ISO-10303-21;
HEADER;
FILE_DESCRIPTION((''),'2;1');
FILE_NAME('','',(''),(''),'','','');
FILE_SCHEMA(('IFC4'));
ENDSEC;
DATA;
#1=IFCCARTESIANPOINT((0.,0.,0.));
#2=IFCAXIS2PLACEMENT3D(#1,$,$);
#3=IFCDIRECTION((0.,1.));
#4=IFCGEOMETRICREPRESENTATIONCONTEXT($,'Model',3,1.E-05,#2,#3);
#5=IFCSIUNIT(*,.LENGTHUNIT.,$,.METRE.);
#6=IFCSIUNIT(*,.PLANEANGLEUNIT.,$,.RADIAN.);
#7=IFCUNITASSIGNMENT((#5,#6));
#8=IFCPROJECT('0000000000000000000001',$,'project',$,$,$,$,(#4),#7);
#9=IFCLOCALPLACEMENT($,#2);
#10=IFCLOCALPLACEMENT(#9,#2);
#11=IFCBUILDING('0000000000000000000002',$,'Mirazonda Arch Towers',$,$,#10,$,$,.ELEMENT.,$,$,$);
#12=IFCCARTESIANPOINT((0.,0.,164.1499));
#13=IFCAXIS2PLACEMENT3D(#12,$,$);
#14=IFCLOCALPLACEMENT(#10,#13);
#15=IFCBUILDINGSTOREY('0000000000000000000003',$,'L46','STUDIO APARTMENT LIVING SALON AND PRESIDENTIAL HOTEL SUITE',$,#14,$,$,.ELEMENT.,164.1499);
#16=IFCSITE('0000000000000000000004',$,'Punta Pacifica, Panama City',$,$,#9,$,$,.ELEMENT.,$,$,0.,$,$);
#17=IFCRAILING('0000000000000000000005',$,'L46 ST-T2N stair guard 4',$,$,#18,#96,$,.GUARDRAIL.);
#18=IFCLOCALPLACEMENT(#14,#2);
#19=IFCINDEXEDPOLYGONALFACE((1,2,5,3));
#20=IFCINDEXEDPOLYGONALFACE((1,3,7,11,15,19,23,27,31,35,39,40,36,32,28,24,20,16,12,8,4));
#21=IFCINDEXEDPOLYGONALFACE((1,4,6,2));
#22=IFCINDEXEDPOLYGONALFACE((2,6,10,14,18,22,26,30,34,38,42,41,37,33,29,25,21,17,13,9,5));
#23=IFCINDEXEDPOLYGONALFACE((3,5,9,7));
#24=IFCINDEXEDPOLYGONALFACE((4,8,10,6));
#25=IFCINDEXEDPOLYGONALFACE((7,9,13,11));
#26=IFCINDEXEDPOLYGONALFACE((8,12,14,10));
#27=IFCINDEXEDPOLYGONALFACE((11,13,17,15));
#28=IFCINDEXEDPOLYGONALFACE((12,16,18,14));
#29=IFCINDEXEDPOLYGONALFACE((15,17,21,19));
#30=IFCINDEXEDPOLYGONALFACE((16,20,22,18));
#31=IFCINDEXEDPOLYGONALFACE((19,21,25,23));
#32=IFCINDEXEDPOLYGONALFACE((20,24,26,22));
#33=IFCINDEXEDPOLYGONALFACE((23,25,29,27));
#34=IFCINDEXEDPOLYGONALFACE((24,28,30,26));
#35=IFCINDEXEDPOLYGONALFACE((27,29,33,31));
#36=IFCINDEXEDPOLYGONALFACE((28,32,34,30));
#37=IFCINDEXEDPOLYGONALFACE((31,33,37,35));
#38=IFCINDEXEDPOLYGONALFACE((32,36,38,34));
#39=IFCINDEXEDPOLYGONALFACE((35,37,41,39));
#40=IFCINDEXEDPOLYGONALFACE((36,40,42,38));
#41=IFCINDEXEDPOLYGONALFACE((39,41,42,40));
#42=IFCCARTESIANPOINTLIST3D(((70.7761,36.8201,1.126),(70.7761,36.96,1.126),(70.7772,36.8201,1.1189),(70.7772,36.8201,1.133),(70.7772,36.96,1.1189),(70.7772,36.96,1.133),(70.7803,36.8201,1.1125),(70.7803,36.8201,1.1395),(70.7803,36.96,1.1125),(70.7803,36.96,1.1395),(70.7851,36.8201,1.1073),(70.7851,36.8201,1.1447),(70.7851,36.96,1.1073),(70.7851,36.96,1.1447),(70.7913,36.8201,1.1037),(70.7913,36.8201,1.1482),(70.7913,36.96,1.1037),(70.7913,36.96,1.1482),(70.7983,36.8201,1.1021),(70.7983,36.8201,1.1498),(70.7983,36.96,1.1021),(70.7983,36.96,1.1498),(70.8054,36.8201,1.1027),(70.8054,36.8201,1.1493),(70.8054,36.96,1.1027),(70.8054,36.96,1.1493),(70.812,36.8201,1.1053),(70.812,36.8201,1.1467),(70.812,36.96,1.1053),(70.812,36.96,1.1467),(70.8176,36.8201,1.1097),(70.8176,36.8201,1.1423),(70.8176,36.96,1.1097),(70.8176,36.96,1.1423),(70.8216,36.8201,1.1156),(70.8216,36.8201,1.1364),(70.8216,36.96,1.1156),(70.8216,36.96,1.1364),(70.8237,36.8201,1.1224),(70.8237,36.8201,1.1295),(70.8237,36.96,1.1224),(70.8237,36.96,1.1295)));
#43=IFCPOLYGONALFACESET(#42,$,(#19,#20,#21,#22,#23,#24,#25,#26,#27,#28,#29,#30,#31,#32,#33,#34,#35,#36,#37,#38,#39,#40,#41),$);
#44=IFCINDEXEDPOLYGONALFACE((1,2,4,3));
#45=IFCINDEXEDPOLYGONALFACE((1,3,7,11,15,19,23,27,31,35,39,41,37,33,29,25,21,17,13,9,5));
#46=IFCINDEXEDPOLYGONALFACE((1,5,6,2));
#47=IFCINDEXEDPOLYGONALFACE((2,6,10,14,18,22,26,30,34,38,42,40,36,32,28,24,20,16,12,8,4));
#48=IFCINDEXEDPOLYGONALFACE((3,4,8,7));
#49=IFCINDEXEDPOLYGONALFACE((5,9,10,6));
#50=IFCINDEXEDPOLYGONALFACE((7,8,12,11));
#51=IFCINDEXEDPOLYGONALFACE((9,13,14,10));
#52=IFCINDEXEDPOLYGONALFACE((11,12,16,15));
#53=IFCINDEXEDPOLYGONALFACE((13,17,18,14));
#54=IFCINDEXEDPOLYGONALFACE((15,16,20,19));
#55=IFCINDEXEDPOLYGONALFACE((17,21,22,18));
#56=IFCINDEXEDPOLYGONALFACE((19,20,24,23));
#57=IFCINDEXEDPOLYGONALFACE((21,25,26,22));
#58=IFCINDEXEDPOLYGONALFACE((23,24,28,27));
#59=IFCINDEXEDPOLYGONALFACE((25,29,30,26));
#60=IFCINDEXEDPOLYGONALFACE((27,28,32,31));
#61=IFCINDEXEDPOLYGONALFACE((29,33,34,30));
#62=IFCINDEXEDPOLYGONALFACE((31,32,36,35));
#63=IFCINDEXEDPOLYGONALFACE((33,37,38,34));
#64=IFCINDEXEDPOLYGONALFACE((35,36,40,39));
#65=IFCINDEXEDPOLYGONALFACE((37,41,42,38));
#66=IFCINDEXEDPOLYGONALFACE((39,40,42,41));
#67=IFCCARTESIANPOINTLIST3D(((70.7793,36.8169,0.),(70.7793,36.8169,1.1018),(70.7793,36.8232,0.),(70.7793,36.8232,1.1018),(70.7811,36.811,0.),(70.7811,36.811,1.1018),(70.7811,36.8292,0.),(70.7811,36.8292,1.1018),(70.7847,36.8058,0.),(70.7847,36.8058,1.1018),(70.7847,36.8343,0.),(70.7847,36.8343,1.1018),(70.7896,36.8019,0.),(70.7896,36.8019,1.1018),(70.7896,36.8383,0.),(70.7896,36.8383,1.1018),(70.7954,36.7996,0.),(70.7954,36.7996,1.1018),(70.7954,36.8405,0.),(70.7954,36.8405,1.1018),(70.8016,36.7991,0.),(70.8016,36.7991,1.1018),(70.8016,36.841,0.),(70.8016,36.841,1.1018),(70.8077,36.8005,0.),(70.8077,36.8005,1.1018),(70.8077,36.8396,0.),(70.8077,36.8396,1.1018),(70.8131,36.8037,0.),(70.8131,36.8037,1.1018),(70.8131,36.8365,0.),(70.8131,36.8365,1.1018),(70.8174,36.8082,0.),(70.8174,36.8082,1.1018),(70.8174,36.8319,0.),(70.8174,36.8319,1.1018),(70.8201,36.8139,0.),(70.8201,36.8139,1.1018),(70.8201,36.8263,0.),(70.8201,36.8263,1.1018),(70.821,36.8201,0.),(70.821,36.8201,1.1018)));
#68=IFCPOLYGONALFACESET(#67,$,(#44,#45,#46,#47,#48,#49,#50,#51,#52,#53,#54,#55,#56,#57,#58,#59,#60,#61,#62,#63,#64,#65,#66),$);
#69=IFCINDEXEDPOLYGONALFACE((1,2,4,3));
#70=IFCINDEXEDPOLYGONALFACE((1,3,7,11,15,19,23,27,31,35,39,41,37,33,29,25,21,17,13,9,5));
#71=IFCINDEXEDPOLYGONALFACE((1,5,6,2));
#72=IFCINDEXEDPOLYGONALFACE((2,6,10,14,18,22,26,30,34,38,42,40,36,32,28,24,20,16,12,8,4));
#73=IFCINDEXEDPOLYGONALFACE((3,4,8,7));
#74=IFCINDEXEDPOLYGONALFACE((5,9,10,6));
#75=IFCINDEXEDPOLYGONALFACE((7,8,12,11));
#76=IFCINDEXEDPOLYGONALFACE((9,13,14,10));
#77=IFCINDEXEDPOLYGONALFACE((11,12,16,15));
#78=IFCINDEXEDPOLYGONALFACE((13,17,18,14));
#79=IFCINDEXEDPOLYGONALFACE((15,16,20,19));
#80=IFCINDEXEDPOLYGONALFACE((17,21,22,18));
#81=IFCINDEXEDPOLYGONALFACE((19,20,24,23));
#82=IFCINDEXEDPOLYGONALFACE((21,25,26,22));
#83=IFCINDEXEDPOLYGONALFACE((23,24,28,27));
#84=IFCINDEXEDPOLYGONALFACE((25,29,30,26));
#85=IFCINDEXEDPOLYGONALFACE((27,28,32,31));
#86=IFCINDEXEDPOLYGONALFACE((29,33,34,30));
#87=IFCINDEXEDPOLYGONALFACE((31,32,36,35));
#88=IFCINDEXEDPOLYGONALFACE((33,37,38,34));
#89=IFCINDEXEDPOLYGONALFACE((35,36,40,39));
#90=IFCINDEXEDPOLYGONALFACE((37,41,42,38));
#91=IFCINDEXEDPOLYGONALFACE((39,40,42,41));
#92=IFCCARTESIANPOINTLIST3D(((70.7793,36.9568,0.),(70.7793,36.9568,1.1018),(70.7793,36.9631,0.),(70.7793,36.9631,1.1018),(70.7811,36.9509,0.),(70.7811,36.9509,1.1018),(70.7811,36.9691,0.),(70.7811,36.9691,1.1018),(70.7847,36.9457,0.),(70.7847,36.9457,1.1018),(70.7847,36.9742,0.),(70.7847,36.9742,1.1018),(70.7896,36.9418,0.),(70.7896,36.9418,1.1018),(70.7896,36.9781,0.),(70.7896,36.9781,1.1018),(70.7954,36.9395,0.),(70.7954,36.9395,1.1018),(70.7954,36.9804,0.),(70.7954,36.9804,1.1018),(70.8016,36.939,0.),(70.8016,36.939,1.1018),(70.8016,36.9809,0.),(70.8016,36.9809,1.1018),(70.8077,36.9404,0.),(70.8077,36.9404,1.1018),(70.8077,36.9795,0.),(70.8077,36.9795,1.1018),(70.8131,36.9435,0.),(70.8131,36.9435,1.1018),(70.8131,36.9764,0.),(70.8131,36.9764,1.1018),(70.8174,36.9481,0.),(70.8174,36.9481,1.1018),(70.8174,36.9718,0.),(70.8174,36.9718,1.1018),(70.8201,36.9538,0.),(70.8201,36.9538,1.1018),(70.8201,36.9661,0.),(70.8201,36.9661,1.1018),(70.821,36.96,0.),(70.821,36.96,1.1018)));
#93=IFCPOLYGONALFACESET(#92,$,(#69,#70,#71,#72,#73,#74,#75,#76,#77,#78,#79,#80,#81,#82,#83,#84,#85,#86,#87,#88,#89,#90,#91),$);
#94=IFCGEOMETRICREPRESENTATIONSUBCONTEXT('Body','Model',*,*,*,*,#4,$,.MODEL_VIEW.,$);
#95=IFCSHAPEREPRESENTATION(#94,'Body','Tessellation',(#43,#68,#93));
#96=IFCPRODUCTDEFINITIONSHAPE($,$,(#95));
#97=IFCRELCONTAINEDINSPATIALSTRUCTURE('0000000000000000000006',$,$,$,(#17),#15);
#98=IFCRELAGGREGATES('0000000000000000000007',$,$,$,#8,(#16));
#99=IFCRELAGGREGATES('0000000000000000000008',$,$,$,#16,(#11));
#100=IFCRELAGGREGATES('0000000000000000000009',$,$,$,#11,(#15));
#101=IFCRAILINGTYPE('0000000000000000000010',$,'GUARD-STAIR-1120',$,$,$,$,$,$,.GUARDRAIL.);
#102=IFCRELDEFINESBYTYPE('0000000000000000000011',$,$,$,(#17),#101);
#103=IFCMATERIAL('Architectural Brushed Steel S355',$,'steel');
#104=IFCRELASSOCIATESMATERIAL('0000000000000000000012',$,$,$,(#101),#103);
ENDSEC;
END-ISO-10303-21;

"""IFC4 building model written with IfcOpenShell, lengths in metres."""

from ifc_helpers import new_model, si_unit, direction, frame, origin, origin_2d, place, context, subcontext, project, spatial, circle, extrude, material, type_object, element, save


model = new_model("IFC4")

# Units and contexts
model_context = context("Model", 3, precision=1e-05, world=origin(), true_north=direction((0.0, 1.0)))
body_context = subcontext(model_context, "Body", "Model", "MODEL_VIEW")
ifc_project = project(units=[si_unit("LENGTHUNIT", "METRE"), si_unit("PLANEANGLEUNIT", "RADIAN")], contexts=[model_context])

# Site, building, storey
site_placement = place(None, origin())
site = spatial("IfcSite", under=ifc_project, at=site_placement, Name="Punta Pacifica, Panama City", CompositionType="ELEMENT", RefElevation=0.0)
building_placement = place(site_placement, origin())
building = spatial("IfcBuilding", under=site, at=building_placement, Name="Mirazonda Arch Towers", CompositionType="ELEMENT")
storey_placement = place(building_placement, frame((0.0, 0.0, 164.1499)))
storey = spatial("IfcBuildingStorey", under=building, at=storey_placement, Name="L46", Description="STUDIO APARTMENT LIVING SALON AND PRESIDENTIAL HOTEL SUITE", CompositionType="ELEMENT", Elevation=164.1499)

# Railing
ifc_material_1 = material(Name="Architectural Brushed Steel S355", Category="steel")
railing_type_1 = type_object("IfcRailingType", Name="GUARD-STAIR-1120", PredefinedType="GUARDRAIL", material=ifc_material_1)
railing_1_placement = place(storey_placement, frame((70.8, 36.8201, 0.0)))
element("IfcRailing", 1, at=railing_1_placement, inside=storey, type_object=railing_type_1, Name="L46 ST-T2N stair guard 4", PredefinedType="GUARDRAIL", context=body_context, shape_type="SweptSolid", body=[
    extrude(circle(Radius=0.0239, at=origin_2d()), frame((0.0, 0.0, 1.126), z_axis=(0.0, 1.0, 0.0), x_axis=(-1.0, 0.0, 0.0)), (0.0, 0.0, 1.0), 0.1399),
    extrude(circle(Radius=0.021, at=origin_2d()), origin(), (0.0, 0.0, 1.0), 1.1018),
    extrude(circle(Radius=0.021, at=origin_2d()), frame((0.0, 0.1399, 0.0)), (0.0, 0.0, 1.0), 1.1018),
])

save(model, "model.ifc")
